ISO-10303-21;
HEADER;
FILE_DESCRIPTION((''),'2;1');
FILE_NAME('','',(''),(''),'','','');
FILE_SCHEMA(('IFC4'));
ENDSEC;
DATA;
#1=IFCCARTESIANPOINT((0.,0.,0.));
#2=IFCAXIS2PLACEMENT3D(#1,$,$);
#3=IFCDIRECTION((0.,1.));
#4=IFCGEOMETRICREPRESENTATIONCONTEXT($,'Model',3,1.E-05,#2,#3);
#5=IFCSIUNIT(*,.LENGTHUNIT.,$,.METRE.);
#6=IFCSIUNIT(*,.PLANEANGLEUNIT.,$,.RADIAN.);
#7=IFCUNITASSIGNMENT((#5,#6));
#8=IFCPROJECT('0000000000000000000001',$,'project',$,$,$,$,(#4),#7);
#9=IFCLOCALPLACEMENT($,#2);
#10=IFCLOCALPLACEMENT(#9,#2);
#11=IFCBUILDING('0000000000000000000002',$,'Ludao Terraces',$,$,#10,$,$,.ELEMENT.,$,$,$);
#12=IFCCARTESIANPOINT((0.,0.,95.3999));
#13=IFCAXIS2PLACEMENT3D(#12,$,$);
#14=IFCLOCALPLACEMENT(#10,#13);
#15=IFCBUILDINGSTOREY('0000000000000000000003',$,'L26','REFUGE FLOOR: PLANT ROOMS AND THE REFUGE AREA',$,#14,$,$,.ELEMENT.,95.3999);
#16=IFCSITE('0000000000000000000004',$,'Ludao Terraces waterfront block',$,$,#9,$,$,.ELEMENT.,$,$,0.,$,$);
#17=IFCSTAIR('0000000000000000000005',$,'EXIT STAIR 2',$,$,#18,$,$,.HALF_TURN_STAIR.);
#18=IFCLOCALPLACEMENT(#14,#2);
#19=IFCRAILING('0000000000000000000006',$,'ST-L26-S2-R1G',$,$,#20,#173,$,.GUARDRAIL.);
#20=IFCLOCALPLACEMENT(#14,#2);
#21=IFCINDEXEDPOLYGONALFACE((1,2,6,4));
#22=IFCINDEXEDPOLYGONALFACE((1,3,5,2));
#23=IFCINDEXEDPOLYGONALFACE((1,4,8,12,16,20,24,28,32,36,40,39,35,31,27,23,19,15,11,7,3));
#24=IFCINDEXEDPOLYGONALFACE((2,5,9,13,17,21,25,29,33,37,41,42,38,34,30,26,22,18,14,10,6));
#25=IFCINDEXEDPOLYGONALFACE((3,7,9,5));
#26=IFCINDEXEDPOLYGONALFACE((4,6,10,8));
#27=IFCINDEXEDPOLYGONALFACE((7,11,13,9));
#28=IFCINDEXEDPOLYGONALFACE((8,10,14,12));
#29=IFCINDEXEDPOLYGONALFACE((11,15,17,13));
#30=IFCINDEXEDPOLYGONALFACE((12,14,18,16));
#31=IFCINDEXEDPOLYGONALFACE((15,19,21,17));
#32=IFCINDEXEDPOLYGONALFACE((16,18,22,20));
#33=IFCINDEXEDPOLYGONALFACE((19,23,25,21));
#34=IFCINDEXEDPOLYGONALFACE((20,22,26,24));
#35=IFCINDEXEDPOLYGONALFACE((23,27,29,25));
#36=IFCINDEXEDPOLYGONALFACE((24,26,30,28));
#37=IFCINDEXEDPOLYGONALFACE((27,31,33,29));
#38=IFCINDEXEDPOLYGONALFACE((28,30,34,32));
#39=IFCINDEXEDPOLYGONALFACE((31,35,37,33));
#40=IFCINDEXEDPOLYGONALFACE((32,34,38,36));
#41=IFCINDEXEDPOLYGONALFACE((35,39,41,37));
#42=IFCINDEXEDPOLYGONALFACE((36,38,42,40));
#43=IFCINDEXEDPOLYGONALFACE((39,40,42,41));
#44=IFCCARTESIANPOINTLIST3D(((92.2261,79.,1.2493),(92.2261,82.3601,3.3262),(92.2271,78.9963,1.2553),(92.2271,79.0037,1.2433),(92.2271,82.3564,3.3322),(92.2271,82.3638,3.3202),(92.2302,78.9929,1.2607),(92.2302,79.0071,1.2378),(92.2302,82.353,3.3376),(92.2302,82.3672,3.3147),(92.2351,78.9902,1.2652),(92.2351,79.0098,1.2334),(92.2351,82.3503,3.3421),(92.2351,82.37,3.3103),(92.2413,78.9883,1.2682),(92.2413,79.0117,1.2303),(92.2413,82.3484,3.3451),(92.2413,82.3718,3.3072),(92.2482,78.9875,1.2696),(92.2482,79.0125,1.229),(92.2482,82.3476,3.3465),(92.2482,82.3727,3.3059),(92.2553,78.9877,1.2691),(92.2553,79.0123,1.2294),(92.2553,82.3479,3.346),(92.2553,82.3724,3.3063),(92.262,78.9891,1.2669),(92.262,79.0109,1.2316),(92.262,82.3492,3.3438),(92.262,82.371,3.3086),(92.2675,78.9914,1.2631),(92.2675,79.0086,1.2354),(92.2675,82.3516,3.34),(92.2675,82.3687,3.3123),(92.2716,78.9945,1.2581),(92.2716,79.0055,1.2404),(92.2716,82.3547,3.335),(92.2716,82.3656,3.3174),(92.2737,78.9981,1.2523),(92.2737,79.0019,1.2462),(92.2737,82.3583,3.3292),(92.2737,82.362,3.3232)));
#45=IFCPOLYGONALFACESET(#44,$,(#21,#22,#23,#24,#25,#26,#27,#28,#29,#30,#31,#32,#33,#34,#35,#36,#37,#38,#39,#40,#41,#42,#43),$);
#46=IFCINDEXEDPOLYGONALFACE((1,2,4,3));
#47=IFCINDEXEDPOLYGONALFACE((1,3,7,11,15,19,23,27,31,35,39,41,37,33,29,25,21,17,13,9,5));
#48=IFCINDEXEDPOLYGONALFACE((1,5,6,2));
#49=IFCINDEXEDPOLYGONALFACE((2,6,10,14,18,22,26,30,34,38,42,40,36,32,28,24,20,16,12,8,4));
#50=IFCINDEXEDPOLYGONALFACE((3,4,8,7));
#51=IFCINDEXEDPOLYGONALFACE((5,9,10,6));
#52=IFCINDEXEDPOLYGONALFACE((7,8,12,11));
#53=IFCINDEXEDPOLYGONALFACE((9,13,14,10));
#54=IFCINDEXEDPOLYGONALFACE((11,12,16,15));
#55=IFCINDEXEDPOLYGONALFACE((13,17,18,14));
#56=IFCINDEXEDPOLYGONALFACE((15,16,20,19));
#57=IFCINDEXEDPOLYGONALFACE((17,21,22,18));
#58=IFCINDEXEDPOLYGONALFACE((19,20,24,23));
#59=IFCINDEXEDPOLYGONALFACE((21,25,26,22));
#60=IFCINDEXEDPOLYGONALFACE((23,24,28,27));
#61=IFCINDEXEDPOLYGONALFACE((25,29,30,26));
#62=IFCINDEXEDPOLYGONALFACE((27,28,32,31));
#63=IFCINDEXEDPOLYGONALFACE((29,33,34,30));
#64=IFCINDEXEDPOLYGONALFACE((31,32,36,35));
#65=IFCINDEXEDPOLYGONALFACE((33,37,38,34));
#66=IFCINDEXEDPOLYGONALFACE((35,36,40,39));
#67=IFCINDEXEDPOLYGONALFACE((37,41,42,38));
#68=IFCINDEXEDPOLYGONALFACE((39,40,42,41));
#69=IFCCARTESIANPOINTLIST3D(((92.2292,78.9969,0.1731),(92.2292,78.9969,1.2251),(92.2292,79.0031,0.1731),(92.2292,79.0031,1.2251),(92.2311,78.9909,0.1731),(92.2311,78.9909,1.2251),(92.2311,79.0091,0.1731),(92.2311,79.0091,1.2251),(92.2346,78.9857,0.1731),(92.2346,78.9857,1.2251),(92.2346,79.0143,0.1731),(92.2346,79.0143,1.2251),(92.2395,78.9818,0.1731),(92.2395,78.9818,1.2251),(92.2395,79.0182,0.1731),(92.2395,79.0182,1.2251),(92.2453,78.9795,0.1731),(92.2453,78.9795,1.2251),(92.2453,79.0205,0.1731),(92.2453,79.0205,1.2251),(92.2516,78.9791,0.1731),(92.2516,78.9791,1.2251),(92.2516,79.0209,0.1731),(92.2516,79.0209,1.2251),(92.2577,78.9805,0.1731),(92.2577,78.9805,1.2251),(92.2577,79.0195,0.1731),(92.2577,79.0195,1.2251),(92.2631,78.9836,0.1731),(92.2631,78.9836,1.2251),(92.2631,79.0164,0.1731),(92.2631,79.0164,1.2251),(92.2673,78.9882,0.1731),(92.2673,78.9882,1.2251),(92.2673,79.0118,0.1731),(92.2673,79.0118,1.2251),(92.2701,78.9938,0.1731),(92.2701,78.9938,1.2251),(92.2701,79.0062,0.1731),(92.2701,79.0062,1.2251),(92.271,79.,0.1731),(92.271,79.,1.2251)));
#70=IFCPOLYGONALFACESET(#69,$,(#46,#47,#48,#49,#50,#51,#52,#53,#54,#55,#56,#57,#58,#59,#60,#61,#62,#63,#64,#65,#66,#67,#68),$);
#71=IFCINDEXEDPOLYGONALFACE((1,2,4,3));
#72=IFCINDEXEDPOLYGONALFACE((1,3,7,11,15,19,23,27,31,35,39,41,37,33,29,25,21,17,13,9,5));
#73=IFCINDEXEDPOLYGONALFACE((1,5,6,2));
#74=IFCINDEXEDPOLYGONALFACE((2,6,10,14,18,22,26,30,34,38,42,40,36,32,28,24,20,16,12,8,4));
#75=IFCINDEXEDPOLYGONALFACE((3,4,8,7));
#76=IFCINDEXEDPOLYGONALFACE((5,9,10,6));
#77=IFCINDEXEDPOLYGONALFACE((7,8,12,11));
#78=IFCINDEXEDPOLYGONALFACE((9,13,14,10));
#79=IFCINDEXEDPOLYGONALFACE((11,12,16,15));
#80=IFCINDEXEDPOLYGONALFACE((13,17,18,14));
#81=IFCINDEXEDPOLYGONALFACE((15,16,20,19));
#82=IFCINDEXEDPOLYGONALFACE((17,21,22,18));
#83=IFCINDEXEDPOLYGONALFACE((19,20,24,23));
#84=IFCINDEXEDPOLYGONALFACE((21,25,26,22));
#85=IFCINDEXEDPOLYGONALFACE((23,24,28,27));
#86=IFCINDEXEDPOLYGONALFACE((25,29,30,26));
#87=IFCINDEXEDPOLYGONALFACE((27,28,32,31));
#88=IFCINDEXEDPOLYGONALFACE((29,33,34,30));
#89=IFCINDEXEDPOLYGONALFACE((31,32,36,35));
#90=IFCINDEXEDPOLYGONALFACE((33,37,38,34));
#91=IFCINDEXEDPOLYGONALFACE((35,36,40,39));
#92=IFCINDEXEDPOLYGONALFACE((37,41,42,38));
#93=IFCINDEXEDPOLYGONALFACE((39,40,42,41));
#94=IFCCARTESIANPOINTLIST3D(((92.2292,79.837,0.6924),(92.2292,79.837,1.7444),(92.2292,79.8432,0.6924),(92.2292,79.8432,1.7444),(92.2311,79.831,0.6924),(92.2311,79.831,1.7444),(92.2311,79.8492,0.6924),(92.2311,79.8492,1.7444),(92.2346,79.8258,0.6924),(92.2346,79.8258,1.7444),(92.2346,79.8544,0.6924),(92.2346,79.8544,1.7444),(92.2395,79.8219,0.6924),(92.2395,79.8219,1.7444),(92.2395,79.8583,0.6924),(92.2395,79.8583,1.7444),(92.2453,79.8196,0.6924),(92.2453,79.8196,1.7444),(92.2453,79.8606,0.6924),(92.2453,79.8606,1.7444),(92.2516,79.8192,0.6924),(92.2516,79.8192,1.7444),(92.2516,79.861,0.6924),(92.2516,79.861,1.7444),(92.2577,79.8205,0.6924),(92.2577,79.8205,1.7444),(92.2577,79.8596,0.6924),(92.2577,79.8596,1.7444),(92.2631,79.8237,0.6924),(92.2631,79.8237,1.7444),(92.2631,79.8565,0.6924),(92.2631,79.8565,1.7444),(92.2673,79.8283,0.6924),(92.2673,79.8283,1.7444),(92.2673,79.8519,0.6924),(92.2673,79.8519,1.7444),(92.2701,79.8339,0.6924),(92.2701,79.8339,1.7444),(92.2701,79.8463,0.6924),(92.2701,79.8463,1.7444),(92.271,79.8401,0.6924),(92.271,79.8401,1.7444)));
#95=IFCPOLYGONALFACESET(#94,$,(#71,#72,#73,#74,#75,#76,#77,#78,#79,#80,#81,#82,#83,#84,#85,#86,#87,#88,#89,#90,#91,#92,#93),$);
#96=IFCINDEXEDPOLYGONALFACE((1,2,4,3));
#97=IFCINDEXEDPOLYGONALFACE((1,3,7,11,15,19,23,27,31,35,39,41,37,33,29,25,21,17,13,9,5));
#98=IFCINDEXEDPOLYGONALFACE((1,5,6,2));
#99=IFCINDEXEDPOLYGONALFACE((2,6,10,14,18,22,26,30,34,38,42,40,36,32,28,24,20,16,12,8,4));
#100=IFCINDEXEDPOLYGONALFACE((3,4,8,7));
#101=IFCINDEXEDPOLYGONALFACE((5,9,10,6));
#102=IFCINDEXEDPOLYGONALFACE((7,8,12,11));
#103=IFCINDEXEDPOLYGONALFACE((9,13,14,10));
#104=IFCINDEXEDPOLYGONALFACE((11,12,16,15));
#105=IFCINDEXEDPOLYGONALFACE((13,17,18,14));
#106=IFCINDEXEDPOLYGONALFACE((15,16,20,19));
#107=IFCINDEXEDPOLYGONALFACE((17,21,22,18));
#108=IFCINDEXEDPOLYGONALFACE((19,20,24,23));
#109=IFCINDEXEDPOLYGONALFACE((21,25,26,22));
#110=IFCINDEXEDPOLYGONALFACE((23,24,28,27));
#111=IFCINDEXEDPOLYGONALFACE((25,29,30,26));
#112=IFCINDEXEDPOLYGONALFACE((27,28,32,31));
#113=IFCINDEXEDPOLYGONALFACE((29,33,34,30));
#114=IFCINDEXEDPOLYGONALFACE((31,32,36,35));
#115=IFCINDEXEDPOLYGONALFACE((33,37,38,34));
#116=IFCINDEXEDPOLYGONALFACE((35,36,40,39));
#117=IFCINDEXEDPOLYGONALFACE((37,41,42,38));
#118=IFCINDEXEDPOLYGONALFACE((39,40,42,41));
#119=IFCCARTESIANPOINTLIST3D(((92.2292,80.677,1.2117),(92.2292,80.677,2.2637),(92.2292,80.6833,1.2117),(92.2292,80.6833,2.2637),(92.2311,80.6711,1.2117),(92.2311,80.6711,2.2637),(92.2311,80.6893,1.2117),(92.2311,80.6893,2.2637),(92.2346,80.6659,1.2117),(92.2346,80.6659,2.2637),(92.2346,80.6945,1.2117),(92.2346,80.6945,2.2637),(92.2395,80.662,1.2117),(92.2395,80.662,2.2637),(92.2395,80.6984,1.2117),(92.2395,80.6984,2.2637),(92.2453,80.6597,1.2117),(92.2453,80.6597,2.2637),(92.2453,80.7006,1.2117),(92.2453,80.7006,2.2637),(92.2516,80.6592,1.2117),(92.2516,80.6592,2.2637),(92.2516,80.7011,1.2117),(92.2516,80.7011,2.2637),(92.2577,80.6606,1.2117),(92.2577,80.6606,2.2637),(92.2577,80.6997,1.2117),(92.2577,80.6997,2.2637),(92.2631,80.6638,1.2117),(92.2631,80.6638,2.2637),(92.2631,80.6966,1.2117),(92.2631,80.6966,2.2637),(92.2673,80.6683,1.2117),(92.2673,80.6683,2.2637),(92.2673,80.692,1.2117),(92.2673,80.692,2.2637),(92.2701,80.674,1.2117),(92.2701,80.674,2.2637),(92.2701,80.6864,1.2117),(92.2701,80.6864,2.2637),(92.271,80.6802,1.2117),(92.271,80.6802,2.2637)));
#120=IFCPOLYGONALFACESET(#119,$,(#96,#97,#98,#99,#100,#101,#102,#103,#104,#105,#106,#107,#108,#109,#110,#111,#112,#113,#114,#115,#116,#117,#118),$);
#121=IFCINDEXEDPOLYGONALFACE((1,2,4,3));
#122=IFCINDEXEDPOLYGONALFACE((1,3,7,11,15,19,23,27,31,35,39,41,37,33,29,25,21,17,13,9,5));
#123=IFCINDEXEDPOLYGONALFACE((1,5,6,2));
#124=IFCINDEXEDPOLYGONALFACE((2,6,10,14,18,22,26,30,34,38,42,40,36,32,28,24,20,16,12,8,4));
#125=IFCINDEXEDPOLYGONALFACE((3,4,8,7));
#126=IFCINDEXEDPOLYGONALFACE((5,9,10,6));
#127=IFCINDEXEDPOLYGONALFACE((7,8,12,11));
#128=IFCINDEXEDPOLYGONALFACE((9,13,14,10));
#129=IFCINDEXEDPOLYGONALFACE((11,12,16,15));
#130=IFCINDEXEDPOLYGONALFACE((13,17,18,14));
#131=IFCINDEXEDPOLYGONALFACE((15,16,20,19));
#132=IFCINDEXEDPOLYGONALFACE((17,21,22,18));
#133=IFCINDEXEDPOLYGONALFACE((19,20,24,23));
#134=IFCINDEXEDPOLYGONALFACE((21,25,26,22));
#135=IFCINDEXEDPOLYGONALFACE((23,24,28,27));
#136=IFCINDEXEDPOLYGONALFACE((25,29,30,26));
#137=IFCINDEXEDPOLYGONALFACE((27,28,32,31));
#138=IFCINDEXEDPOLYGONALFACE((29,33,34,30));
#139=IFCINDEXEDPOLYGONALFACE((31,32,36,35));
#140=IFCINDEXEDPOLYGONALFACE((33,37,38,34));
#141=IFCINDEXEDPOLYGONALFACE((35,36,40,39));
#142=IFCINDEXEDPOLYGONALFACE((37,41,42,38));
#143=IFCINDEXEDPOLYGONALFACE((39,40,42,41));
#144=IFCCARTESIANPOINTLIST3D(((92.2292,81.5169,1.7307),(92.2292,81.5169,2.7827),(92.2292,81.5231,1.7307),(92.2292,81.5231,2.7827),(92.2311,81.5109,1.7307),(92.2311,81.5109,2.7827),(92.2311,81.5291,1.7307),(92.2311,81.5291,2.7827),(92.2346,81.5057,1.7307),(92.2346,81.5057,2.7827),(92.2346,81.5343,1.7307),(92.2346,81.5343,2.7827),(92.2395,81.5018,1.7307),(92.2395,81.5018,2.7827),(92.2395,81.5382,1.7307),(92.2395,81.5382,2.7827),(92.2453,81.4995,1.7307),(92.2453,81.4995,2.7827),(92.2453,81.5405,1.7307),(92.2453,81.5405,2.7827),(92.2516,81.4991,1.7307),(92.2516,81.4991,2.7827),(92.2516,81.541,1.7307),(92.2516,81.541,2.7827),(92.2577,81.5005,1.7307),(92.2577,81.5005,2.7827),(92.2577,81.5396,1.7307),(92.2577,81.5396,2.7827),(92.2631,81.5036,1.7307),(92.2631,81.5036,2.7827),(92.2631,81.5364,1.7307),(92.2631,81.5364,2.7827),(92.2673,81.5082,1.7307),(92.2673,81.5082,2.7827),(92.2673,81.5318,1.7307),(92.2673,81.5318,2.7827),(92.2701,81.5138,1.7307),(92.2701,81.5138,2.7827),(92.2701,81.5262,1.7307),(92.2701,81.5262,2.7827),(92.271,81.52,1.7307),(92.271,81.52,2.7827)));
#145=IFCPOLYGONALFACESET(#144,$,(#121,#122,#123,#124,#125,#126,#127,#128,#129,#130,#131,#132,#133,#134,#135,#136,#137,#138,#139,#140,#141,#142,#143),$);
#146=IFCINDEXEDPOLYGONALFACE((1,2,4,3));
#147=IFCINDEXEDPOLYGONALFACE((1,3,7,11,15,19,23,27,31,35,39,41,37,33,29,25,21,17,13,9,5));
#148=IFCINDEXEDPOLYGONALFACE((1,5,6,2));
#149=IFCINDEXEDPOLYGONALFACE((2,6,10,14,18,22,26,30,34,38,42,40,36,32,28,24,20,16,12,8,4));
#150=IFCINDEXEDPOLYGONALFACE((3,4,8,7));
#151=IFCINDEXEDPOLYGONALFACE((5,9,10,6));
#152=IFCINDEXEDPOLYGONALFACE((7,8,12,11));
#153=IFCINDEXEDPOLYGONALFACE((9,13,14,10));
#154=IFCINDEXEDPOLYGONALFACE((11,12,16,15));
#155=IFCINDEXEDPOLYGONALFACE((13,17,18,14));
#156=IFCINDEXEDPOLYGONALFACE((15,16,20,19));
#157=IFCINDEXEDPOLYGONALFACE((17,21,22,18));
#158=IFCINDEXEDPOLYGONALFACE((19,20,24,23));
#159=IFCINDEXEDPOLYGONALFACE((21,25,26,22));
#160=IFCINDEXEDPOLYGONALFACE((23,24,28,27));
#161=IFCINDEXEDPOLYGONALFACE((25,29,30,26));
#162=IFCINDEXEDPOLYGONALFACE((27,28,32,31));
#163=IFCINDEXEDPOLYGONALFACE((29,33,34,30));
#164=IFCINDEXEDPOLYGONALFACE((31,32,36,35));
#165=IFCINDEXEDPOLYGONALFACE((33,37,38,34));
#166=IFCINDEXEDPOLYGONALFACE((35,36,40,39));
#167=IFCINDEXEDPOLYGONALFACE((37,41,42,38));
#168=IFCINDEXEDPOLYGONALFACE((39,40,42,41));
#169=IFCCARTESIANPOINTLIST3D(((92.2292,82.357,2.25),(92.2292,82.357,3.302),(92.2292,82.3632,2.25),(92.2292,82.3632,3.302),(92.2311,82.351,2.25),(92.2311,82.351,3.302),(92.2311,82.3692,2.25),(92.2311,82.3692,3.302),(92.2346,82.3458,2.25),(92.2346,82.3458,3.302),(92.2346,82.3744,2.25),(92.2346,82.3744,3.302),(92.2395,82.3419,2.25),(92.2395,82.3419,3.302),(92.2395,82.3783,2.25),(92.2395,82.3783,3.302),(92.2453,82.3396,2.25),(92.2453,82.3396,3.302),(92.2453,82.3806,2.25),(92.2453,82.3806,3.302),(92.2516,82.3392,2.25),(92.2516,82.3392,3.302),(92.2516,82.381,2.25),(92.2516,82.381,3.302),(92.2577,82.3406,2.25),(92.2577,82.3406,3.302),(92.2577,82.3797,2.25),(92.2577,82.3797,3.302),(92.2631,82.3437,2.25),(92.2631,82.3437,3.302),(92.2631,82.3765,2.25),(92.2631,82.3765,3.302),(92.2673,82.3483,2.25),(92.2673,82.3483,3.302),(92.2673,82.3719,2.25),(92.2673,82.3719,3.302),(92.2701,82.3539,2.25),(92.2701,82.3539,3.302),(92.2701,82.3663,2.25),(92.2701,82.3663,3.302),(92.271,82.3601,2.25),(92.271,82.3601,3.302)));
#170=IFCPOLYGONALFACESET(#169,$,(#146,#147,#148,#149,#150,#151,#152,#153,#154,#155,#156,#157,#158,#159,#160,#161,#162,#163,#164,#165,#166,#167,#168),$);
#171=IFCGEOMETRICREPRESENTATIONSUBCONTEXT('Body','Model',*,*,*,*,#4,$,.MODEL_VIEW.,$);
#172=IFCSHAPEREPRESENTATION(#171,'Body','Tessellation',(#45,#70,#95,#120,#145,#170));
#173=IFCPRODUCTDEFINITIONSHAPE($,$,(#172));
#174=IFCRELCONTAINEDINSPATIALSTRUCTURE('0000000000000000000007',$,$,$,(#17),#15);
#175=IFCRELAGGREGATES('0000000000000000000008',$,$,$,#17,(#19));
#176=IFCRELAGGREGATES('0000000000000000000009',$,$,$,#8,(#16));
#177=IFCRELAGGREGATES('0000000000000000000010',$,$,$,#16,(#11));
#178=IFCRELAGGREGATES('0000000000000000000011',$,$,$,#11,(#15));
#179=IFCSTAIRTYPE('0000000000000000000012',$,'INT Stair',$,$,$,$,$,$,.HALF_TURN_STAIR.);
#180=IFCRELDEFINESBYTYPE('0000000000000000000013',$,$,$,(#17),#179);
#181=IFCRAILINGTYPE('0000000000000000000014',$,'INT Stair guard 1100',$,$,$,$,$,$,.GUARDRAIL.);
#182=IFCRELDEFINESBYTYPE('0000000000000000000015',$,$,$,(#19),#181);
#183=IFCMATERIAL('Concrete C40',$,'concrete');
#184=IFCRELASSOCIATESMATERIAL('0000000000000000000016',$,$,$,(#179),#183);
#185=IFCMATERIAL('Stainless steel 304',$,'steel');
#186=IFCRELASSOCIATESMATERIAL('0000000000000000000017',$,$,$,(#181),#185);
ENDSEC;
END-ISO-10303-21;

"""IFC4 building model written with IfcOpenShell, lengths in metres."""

from ifc_helpers import new_model, si_unit, direction, frame, origin, origin_2d, place, context, subcontext, project, spatial, circle, extrude, material, type_object, element, aggregate, save


model = new_model("IFC4")

# Units and contexts
model_context = context("Model", 3, precision=1e-05, world=origin(), true_north=direction((0.0, 1.0)))
body_context = subcontext(model_context, "Body", "Model", "MODEL_VIEW")
ifc_project = project(units=[si_unit("LENGTHUNIT", "METRE"), si_unit("PLANEANGLEUNIT", "RADIAN")], contexts=[model_context])

# Site, building, storey
site_placement = place(None, origin())
site = spatial("IfcSite", under=ifc_project, at=site_placement, Name="Ludao Terraces waterfront block", CompositionType="ELEMENT", RefElevation=0.0)
building_placement = place(site_placement, origin())
building = spatial("IfcBuilding", under=site, at=building_placement, Name="Ludao Terraces", CompositionType="ELEMENT")
storey_placement = place(building_placement, frame((0.0, 0.0, 95.3999)))
storey = spatial("IfcBuildingStorey", under=building, at=storey_placement, Name="L26", Description="REFUGE FLOOR: PLANT ROOMS AND THE REFUGE AREA", CompositionType="ELEMENT", Elevation=95.3999)

# Stair, railing
ifc_material_1 = material(Name="Concrete C40", Category="concrete")
stair_type = type_object("IfcStairType", Name="INT Stair", PredefinedType="HALF_TURN_STAIR", material=ifc_material_1)
stair_placement = place(storey_placement, origin())
stair = element("IfcStair", 1, at=stair_placement, inside=storey, type_object=stair_type, Name="EXIT STAIR 2", PredefinedType="HALF_TURN_STAIR")
ifc_material_2 = material(Name="Stainless steel 304", Category="steel")
railing_type_1 = type_object("IfcRailingType", Name="INT Stair guard 1100", PredefinedType="GUARDRAIL", material=ifc_material_2)
railing_1_placement = place(storey_placement, frame((92.25, 79.0, 0.1731)))
railing_1 = element("IfcRailing", 2, at=railing_1_placement, type_object=railing_type_1, Name="ST-L26-S2-R1G", PredefinedType="GUARDRAIL", context=body_context, shape_type="SweptSolid", body=[
    extrude(circle(Radius=0.0239, at=origin_2d()), frame((0.0, 0.0, 1.0762), z_axis=(0.0, 0.850623, 0.525776), x_axis=(-1.0, 0.0, 0.0)), (0.0, 0.0, 1.0), 3.9502),
    extrude(circle(Radius=0.021, at=origin_2d()), origin(), (0.0, 0.0, 1.0), 1.052),
    extrude(circle(Radius=0.021, at=origin_2d()), frame((0.0, 0.8401, 0.5193)), (0.0, 0.0, 1.0), 1.052),
    extrude(circle(Radius=0.021, at=origin_2d()), frame((0.0, 1.6802, 1.0386)), (0.0, 0.0, 1.0), 1.052),
    extrude(circle(Radius=0.021, at=origin_2d()), frame((0.0, 2.52, 1.5576)), (0.0, 0.0, 1.0), 1.052),
    extrude(circle(Radius=0.021, at=origin_2d()), frame((0.0, 3.3601, 2.0769)), (0.0, 0.0, 1.0), 1.052),
])
aggregate(stair, [railing_1])

save(model, "model.ifc")
